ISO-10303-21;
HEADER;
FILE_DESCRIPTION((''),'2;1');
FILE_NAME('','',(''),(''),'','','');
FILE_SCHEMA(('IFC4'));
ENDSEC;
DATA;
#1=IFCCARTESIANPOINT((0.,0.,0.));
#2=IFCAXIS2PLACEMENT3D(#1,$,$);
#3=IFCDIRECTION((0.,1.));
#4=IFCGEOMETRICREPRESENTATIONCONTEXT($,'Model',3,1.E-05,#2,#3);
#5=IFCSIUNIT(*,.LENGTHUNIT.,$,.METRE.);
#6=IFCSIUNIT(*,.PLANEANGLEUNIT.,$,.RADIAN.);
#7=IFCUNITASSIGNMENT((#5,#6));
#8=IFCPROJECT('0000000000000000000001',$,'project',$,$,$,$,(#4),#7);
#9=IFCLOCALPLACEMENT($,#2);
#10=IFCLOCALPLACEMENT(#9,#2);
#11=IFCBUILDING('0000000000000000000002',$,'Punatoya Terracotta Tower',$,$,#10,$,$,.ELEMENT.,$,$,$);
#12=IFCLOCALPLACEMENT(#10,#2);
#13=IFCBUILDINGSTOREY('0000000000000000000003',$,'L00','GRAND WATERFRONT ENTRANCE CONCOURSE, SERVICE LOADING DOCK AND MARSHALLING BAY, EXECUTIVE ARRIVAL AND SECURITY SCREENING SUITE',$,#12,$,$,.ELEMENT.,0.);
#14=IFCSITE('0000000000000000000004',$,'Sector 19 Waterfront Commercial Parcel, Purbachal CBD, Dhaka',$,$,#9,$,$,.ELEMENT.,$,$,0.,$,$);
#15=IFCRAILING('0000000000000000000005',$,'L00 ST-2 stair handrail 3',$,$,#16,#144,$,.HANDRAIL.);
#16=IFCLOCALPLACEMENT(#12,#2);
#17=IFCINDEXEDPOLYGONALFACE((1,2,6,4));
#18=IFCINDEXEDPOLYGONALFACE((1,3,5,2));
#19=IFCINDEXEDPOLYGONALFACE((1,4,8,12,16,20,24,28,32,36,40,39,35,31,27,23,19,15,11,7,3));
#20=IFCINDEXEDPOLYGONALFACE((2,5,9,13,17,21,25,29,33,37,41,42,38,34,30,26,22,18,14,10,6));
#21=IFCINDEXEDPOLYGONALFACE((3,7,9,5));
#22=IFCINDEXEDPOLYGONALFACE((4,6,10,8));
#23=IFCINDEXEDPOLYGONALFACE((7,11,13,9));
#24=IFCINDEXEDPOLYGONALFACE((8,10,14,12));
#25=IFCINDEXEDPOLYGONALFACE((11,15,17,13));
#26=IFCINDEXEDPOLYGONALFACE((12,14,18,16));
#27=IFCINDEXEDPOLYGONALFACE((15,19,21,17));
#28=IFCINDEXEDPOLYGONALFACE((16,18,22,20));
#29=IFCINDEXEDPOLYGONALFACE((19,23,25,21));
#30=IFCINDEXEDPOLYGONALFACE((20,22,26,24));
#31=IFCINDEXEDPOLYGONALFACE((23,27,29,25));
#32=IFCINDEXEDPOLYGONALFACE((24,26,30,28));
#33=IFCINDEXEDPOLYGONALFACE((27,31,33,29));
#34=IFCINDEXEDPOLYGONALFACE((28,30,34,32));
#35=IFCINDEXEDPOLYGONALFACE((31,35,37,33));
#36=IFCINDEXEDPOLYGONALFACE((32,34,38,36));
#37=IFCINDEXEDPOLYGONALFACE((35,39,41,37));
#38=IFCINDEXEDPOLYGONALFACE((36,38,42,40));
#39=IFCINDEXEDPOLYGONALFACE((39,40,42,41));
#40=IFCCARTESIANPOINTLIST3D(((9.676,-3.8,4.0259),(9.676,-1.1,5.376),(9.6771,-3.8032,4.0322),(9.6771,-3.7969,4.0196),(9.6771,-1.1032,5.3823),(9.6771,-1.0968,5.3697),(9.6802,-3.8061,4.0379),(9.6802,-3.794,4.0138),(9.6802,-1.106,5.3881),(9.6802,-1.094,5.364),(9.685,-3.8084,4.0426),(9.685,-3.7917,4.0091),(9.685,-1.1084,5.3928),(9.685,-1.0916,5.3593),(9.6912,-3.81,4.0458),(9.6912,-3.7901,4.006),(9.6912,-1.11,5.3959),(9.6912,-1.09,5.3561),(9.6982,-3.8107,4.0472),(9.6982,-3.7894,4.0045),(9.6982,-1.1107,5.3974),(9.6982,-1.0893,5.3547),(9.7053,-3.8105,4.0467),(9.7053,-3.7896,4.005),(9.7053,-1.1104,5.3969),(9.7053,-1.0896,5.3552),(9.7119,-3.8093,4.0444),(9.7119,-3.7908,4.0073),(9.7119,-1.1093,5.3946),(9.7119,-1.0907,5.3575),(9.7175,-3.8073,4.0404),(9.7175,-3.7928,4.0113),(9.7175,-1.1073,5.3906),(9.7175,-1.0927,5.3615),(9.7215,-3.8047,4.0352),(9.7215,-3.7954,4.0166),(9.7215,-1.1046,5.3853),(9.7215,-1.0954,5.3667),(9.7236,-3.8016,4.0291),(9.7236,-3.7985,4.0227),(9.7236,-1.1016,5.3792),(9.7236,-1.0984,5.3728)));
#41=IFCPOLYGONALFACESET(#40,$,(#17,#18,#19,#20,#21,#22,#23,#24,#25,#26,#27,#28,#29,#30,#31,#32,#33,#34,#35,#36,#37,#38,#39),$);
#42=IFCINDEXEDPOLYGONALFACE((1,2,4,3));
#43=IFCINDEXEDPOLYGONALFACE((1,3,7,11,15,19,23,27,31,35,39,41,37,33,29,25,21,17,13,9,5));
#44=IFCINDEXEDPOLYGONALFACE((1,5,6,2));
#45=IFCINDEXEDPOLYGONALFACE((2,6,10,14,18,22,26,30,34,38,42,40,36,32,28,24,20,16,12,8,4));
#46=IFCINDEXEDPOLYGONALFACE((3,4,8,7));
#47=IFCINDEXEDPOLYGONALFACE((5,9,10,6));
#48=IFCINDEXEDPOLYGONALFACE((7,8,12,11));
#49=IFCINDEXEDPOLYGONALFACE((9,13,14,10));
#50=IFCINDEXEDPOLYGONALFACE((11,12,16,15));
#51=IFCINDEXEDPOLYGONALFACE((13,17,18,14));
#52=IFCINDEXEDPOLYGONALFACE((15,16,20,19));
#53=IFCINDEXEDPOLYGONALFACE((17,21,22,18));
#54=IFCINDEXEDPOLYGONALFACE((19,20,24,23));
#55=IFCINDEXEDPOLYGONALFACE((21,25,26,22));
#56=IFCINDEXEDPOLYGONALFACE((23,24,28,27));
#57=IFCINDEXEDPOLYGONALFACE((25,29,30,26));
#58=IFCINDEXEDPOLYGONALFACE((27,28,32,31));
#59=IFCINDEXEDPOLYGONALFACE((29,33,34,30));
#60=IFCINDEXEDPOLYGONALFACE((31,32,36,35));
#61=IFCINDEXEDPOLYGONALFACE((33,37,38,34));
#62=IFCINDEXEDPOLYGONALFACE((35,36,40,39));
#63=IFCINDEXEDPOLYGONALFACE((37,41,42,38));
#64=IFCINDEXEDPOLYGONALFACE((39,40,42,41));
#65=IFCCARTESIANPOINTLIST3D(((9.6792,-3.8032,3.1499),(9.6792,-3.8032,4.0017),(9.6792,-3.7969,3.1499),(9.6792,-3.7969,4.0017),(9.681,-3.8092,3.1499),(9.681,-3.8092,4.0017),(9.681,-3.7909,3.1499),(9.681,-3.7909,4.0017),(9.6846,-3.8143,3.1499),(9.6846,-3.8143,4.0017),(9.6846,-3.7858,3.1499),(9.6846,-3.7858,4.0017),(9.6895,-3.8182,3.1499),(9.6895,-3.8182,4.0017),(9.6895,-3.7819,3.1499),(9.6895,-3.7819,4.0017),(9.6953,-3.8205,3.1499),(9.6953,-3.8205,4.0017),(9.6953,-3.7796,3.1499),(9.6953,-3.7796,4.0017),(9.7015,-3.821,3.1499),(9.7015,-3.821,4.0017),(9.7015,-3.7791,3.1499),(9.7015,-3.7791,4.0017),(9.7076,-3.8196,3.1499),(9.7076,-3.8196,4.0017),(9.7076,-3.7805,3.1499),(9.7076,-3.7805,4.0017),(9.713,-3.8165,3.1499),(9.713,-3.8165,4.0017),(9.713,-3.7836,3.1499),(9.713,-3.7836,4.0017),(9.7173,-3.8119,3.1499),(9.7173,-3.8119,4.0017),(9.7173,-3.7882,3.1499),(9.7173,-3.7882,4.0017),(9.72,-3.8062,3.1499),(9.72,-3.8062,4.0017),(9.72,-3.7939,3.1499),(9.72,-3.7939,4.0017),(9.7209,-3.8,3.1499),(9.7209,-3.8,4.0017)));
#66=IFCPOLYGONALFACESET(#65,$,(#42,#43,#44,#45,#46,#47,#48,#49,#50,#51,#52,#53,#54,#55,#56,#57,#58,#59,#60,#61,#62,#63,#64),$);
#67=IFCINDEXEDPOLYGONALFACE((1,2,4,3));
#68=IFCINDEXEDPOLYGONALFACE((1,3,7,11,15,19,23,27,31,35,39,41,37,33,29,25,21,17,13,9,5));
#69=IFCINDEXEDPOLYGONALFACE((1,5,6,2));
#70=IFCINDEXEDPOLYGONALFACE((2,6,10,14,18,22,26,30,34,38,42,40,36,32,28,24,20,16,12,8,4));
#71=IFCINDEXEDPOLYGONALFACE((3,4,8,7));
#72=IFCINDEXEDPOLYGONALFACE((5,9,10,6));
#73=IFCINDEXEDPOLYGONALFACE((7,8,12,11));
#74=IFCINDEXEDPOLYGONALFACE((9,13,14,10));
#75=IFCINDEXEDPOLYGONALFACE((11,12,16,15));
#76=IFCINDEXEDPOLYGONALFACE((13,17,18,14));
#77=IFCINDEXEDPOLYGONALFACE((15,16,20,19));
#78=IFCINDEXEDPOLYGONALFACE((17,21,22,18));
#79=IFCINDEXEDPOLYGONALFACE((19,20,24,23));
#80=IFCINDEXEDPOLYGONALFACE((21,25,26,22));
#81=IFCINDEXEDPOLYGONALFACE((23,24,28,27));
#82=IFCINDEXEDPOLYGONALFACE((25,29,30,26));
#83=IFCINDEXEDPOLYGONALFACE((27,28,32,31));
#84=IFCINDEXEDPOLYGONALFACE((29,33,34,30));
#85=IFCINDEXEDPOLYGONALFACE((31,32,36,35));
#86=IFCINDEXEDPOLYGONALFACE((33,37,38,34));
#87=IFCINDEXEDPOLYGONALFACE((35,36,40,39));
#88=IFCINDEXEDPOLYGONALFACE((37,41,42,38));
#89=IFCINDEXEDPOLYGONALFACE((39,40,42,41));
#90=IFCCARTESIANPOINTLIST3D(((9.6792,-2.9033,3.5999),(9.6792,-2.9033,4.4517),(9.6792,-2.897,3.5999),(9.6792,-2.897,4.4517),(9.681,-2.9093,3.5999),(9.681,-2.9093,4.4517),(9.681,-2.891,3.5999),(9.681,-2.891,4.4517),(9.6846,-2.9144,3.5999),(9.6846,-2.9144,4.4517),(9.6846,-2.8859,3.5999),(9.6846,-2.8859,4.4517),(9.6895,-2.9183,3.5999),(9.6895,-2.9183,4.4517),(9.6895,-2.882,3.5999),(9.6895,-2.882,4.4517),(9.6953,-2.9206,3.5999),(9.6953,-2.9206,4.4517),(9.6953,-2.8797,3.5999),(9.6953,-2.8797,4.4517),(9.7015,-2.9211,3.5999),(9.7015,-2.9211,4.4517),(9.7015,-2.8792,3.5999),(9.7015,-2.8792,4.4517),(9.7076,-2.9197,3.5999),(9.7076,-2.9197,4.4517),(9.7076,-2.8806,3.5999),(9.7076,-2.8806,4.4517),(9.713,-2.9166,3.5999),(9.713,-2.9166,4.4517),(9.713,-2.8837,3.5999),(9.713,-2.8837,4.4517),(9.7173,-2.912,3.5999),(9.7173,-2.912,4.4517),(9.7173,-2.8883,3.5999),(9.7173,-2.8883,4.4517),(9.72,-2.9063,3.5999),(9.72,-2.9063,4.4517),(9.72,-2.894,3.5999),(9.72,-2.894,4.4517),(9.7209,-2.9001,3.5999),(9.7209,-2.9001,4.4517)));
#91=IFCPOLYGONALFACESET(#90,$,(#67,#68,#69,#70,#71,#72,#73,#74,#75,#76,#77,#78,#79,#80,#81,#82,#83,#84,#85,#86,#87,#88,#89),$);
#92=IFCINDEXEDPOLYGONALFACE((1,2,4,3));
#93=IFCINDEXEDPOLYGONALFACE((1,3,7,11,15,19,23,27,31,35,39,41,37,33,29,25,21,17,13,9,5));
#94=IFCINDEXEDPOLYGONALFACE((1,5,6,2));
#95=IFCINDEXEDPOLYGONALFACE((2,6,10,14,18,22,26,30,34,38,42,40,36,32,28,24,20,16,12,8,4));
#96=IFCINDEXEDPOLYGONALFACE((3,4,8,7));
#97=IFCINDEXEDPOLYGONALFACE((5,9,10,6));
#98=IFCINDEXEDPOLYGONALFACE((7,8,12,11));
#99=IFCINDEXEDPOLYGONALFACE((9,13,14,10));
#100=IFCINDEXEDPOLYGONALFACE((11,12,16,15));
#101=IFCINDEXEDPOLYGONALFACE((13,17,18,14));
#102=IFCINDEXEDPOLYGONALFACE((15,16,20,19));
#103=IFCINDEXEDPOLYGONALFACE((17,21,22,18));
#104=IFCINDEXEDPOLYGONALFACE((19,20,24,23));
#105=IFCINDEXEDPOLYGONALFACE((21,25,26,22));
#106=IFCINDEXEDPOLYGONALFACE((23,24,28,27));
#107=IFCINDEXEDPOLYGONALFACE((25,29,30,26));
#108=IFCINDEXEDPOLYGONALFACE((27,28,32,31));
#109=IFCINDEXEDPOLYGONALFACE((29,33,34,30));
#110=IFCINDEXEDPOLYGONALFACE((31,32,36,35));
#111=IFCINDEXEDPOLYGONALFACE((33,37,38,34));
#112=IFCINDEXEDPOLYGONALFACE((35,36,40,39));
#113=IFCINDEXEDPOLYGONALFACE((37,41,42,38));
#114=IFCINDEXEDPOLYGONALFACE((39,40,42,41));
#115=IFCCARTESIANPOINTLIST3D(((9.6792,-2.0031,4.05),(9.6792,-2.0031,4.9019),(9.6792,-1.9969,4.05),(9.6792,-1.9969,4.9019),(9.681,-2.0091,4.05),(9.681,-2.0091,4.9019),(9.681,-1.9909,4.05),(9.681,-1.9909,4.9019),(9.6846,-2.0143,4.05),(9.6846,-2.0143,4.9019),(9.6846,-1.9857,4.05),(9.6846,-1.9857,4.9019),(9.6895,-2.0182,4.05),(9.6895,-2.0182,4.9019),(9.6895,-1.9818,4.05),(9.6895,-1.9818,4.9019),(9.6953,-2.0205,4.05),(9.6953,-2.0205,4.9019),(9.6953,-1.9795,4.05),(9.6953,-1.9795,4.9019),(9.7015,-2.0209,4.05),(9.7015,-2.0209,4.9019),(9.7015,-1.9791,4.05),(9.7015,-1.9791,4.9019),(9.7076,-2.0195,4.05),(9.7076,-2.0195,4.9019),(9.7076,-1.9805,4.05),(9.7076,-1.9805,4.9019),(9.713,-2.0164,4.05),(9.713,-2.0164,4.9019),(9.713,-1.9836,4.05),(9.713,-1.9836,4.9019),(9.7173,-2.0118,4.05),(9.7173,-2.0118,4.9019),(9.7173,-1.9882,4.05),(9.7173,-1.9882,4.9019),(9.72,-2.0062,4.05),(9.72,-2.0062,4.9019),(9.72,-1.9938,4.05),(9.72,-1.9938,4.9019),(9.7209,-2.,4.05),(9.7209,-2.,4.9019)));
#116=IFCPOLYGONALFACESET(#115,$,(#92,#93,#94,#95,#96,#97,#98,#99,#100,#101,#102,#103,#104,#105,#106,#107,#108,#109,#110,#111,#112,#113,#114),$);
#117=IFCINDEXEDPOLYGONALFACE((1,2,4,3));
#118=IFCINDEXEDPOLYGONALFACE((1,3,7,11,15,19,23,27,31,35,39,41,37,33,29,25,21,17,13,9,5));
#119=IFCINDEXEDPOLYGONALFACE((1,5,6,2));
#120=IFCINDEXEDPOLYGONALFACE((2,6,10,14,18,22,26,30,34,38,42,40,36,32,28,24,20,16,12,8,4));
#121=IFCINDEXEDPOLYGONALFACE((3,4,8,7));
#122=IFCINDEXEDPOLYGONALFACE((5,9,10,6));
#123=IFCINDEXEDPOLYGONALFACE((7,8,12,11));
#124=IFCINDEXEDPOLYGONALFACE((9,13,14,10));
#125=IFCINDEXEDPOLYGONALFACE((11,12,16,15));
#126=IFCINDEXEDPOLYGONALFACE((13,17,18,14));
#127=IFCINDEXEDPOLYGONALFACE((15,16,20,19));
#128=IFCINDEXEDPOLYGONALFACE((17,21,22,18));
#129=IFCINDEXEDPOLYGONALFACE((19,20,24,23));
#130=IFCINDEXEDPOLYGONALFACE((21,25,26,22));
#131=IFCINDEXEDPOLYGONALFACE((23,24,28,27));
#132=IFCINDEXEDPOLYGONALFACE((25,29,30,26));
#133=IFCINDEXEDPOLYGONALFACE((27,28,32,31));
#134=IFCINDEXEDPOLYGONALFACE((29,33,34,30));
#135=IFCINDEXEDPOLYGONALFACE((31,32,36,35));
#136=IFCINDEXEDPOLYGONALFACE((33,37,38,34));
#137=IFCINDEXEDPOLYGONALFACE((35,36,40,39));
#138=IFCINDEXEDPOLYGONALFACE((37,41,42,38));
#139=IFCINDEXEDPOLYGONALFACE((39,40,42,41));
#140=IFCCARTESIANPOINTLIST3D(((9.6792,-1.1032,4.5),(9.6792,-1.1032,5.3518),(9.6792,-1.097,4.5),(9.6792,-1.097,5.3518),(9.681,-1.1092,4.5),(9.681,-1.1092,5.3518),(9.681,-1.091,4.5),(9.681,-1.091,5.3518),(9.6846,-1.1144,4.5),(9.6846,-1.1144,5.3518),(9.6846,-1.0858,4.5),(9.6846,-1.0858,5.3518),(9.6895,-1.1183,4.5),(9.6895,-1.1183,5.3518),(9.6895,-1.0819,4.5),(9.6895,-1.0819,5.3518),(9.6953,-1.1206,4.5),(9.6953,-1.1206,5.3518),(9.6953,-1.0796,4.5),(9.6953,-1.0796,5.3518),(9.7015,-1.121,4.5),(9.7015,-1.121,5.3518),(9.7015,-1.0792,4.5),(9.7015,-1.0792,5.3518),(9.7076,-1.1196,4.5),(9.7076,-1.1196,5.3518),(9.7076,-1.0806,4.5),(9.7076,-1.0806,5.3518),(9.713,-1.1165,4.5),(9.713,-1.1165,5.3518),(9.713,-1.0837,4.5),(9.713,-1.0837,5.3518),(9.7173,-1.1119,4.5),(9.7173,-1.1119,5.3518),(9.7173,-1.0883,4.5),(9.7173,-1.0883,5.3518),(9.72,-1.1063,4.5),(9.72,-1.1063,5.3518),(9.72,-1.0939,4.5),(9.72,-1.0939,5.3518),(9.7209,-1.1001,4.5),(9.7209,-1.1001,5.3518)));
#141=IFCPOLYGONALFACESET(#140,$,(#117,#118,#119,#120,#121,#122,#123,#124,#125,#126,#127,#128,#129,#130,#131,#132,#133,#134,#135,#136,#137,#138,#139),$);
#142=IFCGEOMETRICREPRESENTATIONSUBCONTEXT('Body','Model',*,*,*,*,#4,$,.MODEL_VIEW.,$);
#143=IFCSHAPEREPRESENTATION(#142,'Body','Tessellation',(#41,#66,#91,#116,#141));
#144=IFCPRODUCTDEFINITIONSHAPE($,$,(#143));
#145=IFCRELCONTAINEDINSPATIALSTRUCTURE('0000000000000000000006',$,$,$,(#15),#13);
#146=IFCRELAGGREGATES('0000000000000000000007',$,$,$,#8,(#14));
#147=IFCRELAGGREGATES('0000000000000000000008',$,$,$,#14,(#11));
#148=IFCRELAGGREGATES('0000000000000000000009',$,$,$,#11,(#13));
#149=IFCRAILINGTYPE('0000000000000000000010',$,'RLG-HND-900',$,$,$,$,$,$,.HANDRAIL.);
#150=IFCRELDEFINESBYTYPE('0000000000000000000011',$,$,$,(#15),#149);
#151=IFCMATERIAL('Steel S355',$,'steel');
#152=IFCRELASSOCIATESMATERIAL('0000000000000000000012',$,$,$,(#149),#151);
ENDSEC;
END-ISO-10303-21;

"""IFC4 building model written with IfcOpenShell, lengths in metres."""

from ifc_helpers import new_model, si_unit, direction, frame, origin, origin_2d, place, context, subcontext, project, spatial, circle, extrude, material, type_object, element, save


model = new_model("IFC4")

# Units and contexts
model_context = context("Model", 3, precision=1e-05, world=origin(), true_north=direction((0.0, 1.0)))
body_context = subcontext(model_context, "Body", "Model", "MODEL_VIEW")
ifc_project = project(units=[si_unit("LENGTHUNIT", "METRE"), si_unit("PLANEANGLEUNIT", "RADIAN")], contexts=[model_context])

# Site, building, storey
site_placement = place(None, origin())
site = spatial("IfcSite", under=ifc_project, at=site_placement, Name="Sector 19 Waterfront Commercial Parcel, Purbachal CBD, Dhaka", CompositionType="ELEMENT", RefElevation=0.0)
building_placement = place(site_placement, origin())
building = spatial("IfcBuilding", under=site, at=building_placement, Name="Punatoya Terracotta Tower", CompositionType="ELEMENT")
storey_placement = place(building_placement, origin())
storey = spatial("IfcBuildingStorey", under=building, at=storey_placement, Name="L00", Description="GRAND WATERFRONT ENTRANCE CONCOURSE, SERVICE LOADING DOCK AND MARSHALLING BAY, EXECUTIVE ARRIVAL AND SECURITY SCREENING SUITE", CompositionType="ELEMENT", Elevation=0.0)

# Shared definitions
ifc_material_1 = material(Name="Steel S355", Category="steel")

# Railing
railing_type_1 = type_object("IfcRailingType", Name="RLG-HND-900", PredefinedType="HANDRAIL", material=ifc_material_1)
railing_1_placement = place(storey_placement, frame((9.7, -3.8, 3.1499)))
element("IfcRailing", 1, at=railing_1_placement, inside=storey, type_object=railing_type_1, Name="L00 ST-2 stair handrail 3", PredefinedType="HANDRAIL", context=body_context, shape_type="SweptSolid", body=[
    extrude(circle(Radius=0.0239, at=origin_2d()), frame((0.0, 0.0, 0.876), z_axis=(0.0, 0.894411, 0.447246), x_axis=(-1.0, 0.0, 0.0)), (0.0, 0.0, 1.0), 3.0188),
    extrude(circle(Radius=0.021, at=origin_2d()), origin(), (0.0, 0.0, 1.0), 0.8518),
    extrude(circle(Radius=0.021, at=origin_2d()), frame((0.0, 0.8999, 0.45)), (0.0, 0.0, 1.0), 0.8518),
    extrude(circle(Radius=0.021, at=origin_2d()), frame((0.0, 1.8, 0.9001)), (0.0, 0.0, 1.0), 0.8518),
    extrude(circle(Radius=0.021, at=origin_2d()), frame((0.0, 2.7, 1.3501)), (0.0, 0.0, 1.0), 0.8518),
])

save(model, "model.ifc")
